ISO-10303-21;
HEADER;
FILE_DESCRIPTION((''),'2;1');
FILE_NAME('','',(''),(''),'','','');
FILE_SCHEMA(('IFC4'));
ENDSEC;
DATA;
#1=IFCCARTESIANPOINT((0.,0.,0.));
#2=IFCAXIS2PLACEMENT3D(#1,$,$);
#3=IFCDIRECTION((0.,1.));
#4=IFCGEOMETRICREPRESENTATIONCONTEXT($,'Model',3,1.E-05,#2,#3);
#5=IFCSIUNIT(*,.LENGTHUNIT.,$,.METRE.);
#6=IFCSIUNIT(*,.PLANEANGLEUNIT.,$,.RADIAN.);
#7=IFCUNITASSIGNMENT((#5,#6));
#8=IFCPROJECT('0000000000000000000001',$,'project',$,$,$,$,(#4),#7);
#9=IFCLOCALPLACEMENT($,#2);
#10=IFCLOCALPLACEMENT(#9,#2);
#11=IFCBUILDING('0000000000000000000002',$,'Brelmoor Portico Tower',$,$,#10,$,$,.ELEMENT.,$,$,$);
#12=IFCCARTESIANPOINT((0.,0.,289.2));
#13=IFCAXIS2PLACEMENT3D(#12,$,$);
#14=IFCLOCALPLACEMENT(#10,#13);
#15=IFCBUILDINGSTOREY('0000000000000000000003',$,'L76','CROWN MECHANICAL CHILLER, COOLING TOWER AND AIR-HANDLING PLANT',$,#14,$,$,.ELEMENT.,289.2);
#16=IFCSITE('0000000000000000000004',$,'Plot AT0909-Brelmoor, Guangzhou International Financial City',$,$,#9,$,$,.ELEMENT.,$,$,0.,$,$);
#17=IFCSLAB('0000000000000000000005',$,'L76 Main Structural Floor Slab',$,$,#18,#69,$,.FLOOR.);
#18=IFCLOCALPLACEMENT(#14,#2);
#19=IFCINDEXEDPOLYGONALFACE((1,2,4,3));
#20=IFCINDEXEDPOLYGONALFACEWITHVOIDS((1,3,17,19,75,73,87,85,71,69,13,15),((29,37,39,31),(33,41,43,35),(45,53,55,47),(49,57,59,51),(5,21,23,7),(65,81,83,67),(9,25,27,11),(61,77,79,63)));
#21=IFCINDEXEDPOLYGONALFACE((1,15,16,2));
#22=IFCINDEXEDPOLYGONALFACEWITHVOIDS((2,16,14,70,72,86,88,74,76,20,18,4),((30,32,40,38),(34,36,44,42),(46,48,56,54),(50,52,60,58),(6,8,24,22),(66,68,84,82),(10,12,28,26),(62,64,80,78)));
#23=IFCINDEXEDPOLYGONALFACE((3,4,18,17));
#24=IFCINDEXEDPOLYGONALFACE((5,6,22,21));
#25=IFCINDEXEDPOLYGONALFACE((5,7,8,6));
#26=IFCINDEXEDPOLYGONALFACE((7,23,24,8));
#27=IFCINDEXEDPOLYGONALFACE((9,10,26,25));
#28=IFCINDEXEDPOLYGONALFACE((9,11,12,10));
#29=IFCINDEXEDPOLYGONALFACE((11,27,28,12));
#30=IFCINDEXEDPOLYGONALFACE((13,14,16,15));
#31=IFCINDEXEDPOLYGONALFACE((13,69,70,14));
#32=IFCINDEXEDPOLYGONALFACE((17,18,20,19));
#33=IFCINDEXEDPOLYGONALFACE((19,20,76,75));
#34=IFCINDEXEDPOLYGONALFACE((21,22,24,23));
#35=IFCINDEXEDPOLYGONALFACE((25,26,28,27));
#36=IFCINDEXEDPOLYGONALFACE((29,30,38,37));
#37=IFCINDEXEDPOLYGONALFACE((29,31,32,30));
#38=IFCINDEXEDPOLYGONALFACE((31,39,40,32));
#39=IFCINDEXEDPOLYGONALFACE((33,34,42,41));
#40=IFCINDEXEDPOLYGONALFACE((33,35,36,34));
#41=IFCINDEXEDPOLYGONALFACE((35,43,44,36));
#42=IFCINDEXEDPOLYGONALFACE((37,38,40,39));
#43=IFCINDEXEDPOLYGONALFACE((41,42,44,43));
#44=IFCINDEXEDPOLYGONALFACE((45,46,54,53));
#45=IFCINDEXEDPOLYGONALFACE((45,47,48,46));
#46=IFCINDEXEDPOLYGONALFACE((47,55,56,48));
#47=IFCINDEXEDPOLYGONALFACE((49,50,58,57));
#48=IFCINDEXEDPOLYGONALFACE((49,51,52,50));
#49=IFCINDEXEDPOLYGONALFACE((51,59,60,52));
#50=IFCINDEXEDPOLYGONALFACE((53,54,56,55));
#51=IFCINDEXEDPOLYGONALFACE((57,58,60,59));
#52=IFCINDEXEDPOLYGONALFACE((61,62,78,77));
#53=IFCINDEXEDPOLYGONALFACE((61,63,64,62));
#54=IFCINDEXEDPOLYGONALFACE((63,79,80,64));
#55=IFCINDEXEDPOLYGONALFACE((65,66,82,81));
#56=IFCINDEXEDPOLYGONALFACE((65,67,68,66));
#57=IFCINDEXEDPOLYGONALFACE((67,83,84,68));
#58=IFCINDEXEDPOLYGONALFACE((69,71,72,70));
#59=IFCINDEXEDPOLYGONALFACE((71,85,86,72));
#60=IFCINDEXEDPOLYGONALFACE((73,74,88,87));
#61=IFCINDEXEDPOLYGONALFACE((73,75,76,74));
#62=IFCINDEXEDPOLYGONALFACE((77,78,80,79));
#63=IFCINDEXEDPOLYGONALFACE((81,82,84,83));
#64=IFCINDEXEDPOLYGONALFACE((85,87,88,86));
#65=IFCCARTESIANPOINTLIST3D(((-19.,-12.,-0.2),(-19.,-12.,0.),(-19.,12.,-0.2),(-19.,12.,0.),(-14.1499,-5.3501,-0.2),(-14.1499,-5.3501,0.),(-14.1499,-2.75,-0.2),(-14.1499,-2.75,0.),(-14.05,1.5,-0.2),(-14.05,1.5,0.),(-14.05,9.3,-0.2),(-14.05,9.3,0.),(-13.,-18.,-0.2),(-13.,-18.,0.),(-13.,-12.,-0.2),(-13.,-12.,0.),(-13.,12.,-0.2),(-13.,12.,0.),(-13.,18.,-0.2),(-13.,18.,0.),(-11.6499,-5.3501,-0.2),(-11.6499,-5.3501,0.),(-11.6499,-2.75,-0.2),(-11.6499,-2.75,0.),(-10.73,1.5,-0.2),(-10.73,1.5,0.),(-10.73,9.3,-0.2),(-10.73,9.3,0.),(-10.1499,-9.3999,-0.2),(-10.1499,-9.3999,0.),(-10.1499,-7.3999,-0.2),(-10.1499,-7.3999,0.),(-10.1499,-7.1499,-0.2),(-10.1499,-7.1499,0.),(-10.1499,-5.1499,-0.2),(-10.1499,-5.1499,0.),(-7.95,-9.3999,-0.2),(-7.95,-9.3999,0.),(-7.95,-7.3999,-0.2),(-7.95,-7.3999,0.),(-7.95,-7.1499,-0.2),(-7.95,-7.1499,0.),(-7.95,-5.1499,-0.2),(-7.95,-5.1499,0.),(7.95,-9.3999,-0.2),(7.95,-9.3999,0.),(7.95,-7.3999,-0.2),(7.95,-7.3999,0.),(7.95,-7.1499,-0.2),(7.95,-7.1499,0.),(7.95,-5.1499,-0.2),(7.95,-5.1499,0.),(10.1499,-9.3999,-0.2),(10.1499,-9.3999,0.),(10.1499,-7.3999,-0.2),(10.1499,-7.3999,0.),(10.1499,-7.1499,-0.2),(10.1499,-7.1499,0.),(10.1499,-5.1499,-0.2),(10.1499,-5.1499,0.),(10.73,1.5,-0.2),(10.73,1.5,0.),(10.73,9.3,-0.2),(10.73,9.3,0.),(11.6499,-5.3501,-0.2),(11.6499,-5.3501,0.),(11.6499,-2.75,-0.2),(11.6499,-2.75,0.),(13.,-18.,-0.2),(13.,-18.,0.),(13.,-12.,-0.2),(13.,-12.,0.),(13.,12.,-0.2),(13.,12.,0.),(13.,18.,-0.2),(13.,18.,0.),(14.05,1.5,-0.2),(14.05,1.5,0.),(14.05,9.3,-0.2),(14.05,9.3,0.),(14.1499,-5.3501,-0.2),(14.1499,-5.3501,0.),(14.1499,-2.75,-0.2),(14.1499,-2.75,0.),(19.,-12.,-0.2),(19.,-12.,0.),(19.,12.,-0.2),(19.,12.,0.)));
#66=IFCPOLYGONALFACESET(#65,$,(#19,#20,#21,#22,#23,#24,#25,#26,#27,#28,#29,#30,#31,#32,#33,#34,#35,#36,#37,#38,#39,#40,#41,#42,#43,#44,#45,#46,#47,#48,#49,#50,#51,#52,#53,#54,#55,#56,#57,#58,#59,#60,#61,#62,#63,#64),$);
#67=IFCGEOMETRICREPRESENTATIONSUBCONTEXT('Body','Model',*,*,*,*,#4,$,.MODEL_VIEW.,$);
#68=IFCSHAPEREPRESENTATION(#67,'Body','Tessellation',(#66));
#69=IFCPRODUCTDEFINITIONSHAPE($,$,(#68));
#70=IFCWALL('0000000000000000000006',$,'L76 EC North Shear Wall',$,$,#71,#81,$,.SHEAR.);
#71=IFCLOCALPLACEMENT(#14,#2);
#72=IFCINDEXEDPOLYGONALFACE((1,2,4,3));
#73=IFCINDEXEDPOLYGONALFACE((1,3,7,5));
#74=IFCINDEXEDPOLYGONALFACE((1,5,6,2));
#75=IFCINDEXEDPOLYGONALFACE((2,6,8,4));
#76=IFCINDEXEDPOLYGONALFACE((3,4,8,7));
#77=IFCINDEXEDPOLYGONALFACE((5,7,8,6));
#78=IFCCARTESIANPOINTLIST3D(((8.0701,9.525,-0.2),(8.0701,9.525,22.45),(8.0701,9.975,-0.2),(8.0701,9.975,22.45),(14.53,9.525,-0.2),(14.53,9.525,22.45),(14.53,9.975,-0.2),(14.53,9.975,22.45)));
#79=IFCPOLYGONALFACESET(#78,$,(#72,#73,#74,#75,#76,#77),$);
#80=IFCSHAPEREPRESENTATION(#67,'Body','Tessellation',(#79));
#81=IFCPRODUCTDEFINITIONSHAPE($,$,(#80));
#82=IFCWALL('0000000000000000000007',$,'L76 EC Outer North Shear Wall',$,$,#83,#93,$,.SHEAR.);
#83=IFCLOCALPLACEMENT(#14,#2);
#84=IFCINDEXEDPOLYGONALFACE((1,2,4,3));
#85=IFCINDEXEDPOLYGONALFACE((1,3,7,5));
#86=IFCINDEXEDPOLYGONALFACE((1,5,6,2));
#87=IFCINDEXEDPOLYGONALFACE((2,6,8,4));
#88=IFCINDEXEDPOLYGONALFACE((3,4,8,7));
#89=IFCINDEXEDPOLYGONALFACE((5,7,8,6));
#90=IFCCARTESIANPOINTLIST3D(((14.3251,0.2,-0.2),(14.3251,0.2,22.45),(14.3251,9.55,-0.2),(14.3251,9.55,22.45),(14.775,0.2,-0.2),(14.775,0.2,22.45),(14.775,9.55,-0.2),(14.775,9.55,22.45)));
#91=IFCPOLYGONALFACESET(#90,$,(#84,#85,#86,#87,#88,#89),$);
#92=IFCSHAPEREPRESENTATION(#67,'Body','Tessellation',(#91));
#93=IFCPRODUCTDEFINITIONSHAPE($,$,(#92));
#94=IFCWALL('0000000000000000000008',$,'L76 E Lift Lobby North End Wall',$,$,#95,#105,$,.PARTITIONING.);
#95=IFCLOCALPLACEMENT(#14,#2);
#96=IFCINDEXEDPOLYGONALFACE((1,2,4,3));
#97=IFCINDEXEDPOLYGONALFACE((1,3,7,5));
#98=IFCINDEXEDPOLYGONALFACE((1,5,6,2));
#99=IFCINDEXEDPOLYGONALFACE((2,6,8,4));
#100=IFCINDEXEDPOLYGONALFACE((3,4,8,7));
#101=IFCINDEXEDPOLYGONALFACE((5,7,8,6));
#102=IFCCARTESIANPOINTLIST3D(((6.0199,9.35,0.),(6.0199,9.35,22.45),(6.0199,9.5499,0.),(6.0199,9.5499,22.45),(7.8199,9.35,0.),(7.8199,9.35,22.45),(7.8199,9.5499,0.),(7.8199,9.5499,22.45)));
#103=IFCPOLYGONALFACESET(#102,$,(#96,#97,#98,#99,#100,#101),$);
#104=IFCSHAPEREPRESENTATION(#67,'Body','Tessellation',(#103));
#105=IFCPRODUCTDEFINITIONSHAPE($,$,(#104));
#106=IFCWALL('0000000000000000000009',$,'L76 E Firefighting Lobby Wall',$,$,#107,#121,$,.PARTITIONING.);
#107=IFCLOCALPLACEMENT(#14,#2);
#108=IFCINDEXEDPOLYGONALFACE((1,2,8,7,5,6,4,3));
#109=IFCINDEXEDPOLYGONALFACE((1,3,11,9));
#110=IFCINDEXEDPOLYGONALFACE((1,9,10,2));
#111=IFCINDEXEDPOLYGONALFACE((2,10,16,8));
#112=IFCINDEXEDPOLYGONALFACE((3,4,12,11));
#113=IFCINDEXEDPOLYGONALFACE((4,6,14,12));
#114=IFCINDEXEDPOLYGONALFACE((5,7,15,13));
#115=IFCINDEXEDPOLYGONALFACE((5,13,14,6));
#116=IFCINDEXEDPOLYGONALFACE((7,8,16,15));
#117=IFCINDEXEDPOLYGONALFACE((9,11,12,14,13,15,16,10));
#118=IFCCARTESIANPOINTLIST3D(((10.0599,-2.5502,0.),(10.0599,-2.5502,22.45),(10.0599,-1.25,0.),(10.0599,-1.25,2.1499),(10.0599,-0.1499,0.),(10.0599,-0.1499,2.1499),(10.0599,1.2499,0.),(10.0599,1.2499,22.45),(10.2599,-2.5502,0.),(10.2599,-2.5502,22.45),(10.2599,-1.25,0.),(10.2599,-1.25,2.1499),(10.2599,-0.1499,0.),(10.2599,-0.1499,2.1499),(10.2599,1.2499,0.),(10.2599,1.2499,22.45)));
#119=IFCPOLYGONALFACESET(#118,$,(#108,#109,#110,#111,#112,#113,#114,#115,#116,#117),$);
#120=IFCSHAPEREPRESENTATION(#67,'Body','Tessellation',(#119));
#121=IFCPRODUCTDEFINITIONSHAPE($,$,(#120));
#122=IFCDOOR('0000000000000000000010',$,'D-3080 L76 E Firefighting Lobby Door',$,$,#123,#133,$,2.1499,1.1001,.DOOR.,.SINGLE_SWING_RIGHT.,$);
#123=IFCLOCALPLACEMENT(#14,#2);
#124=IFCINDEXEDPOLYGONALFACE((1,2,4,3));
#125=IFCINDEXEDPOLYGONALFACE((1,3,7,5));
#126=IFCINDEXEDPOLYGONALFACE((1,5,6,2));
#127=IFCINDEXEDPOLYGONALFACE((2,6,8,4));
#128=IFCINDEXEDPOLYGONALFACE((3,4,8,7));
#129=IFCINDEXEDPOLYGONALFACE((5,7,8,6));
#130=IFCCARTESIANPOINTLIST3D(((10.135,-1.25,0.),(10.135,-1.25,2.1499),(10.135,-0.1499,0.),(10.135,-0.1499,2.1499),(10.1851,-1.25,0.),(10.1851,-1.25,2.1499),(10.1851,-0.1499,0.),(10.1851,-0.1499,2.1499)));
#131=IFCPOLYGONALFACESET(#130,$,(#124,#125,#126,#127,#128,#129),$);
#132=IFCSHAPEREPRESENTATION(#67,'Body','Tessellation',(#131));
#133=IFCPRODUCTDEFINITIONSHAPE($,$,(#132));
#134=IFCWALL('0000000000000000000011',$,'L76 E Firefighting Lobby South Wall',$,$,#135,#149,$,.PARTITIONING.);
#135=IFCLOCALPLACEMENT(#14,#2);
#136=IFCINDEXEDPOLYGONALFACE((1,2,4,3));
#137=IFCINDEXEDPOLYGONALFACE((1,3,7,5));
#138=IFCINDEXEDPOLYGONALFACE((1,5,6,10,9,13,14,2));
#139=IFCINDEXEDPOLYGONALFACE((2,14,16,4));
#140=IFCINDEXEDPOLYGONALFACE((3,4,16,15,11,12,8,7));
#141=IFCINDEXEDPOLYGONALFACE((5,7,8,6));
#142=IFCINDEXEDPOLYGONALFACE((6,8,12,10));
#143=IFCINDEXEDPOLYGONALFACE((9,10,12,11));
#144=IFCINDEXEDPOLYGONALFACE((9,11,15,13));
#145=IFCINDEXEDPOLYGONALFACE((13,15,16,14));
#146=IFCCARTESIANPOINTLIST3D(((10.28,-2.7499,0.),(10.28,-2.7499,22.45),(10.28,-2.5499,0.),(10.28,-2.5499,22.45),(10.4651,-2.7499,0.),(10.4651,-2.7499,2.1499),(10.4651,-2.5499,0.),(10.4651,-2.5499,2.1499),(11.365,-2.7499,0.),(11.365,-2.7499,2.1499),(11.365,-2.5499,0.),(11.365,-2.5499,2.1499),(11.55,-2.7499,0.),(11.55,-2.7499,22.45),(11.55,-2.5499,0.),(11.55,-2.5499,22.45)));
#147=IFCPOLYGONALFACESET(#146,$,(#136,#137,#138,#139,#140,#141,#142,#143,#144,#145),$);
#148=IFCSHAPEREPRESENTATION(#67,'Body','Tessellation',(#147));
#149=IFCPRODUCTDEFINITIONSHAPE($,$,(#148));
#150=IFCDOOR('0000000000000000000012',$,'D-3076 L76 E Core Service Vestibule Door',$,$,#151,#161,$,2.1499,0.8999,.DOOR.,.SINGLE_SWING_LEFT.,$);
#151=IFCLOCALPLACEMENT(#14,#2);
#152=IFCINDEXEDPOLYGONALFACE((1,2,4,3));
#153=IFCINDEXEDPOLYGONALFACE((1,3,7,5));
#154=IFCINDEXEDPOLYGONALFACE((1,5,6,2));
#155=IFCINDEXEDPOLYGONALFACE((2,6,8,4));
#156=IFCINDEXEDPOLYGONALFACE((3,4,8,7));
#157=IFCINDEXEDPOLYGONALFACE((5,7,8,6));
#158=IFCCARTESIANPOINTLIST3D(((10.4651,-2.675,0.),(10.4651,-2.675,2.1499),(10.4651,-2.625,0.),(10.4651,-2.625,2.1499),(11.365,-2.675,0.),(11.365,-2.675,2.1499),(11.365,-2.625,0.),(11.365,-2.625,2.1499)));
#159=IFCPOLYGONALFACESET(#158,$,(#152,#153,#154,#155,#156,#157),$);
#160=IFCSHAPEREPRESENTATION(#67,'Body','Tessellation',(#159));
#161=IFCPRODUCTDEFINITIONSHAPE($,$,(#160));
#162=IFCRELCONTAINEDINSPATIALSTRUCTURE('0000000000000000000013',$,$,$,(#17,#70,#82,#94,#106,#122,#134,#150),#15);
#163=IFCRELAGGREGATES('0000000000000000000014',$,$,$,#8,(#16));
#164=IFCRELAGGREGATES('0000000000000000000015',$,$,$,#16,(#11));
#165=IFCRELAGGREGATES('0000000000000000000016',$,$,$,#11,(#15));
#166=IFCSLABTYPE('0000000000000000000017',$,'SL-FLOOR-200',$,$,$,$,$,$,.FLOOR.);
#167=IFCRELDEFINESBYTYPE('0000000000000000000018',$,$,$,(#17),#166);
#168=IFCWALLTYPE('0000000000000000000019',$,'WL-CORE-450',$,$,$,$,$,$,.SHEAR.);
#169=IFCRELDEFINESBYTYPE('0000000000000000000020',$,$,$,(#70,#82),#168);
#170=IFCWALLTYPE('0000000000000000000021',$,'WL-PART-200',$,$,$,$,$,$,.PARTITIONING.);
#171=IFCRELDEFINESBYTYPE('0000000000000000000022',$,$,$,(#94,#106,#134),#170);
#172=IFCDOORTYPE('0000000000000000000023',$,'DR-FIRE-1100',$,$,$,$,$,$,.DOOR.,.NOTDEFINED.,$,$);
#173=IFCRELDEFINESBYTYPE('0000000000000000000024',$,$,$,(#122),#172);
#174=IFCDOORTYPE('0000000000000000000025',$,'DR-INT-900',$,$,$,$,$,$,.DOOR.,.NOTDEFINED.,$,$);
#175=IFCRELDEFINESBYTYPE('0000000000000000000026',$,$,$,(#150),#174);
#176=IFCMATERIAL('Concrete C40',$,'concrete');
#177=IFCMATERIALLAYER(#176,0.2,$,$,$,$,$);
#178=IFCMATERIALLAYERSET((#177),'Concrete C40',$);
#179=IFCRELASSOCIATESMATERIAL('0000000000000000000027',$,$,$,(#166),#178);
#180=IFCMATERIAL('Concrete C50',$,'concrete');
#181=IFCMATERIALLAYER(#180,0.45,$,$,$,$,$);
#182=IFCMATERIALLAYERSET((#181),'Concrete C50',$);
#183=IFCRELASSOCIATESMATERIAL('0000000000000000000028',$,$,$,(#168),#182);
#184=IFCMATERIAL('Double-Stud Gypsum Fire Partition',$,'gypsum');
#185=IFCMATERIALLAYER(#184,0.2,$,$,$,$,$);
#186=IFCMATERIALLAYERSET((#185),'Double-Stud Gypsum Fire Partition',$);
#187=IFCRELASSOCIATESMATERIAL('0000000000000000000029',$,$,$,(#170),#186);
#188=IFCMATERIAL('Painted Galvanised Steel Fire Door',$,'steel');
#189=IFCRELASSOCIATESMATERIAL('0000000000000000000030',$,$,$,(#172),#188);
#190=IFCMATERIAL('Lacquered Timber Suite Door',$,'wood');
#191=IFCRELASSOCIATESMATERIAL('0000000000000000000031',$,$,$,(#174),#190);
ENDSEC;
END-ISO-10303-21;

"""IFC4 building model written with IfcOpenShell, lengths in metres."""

from ifc_helpers import new_model, si_unit, direction, frame, frame_2d, origin, place, context, subcontext, project, spatial, polyline, rectangle, outline, extrude, material, layer, layer_set, type_object, element, fill, save


model = new_model("IFC4")

# Units and contexts
model_context = context("Model", 3, precision=1e-05, world=origin(), true_north=direction((0.0, 1.0)))
body_context = subcontext(model_context, "Body", "Model", "MODEL_VIEW")
ifc_project = project(units=[si_unit("LENGTHUNIT", "METRE"), si_unit("PLANEANGLEUNIT", "RADIAN")], contexts=[model_context])

# Site, building, storey
site_placement = place(None, origin())
site = spatial("IfcSite", under=ifc_project, at=site_placement, Name="Plot AT0909-Brelmoor, Guangzhou International Financial City", CompositionType="ELEMENT", RefElevation=0.0)
building_placement = place(site_placement, origin())
building = spatial("IfcBuilding", under=site, at=building_placement, Name="Brelmoor Portico Tower", CompositionType="ELEMENT")
storey_placement = place(building_placement, frame((0.0, 0.0, 289.2)))
storey = spatial("IfcBuildingStorey", under=building, at=storey_placement, Name="L76", Description="CROWN MECHANICAL CHILLER, COOLING TOWER AND AIR-HANDLING PLANT", CompositionType="ELEMENT", Elevation=289.2)

# Slab
ifc_material_1 = material(Name="Concrete C40", Category="concrete")
ifc_layer_1 = layer(ifc_material_1, 0.2)
ifc_layer_set_1 = layer_set([ifc_layer_1], Name="Concrete C40")
slab_type = type_object("IfcSlabType", Name="SL-FLOOR-200", PredefinedType="FLOOR", material=ifc_layer_set_1)
slab_placement = place(storey_placement, frame((0.0, 0.0, -0.2)))
element("IfcSlab", 1, at=slab_placement, inside=storey, type_object=slab_type, Name="L76 Main Structural Floor Slab", PredefinedType="FLOOR", context=body_context, shape_type="SweptSolid", body=[
    extrude(outline(polyline([(-13.0, -18.0), (13.0, -18.0), (13.0, -12.0), (19.0, -12.0), (19.0, 12.0), (13.0, 12.0), (13.0, 18.0), (-13.0, 18.0), (-13.0, 12.0), (-19.0, 12.0), (-19.0, -12.0), (-13.0, -12.0), (-13.0, -18.0)]), holes=[polyline([(-10.73, 1.5), (-10.73, 9.3), (-14.05, 9.3), (-14.05, 1.5), (-10.73, 1.5)]), polyline([(14.05, 1.5), (14.05, 9.3), (10.73, 9.3), (10.73, 1.5), (14.05, 1.5)]), polyline([(-10.1499, -9.3999), (-7.95, -9.3999), (-7.95, -7.3999), (-10.1499, -7.3999), (-10.1499, -9.3999)]), polyline([(-10.1499, -7.1499), (-7.95, -7.1499), (-7.95, -5.1499), (-10.1499, -5.1499), (-10.1499, -7.1499)]), polyline([(7.95, -9.3999), (10.1499, -9.3999), (10.1499, -7.3999), (7.95, -7.3999), (7.95, -9.3999)]), polyline([(7.95, -7.1499), (10.1499, -7.1499), (10.1499, -5.1499), (7.95, -5.1499), (7.95, -7.1499)]), polyline([(-14.1499, -5.3501), (-11.6499, -5.3501), (-11.6499, -2.75), (-14.1499, -2.75), (-14.1499, -5.3501)]), polyline([(11.6499, -5.3501), (14.1499, -5.3501), (14.1499, -2.75), (11.6499, -2.75), (11.6499, -5.3501)])]), origin(), (0.0, 0.0, 1.0), 0.2),
])

# Walls
ifc_material_2 = material(Name="Concrete C50", Category="concrete")
ifc_layer_2 = layer(ifc_material_2, 0.45)
ifc_layer_set_2 = layer_set([ifc_layer_2], Name="Concrete C50")
wall_type_1 = type_object("IfcWallType", Name="WL-CORE-450", PredefinedType="SHEAR", material=ifc_layer_set_2)
wall_1_placement = place(storey_placement, frame((8.0701, 9.75, -0.2), z_axis=(0.0, 0.0, 1.0), x_axis=(1.0, 0.0, 0.0)))
element("IfcWall", 2, at=wall_1_placement, inside=storey, type_object=wall_type_1, Name="L76 EC North Shear Wall", PredefinedType="SHEAR", context=body_context, shape_type="SweptSolid", body=[
    extrude(rectangle(XDim=6.46, YDim=0.45, at=frame_2d((3.23, 0.0))), origin(), (0.0, 0.0, 1.0), 22.6499),
])
wall_2_placement = place(storey_placement, frame((14.55, 0.2, -0.2), z_axis=(0.0, 0.0, 1.0), x_axis=(0.0, 1.0, 0.0)))
element("IfcWall", 3, at=wall_2_placement, inside=storey, type_object=wall_type_1, Name="L76 EC Outer North Shear Wall", PredefinedType="SHEAR", context=body_context, shape_type="SweptSolid", body=[
    extrude(rectangle(XDim=9.3501, YDim=0.45, at=frame_2d((4.675, 0.0))), origin(), (0.0, 0.0, 1.0), 22.6499),
])
ifc_material_3 = material(Name="Double-Stud Gypsum Fire Partition", Category="gypsum")
ifc_layer_3 = layer(ifc_material_3, 0.2)
ifc_layer_set_3 = layer_set([ifc_layer_3], Name="Double-Stud Gypsum Fire Partition")
wall_type_2 = type_object("IfcWallType", Name="WL-PART-200", PredefinedType="PARTITIONING", material=ifc_layer_set_3)
wall_3_placement = place(storey_placement, frame((6.02, 9.45, 0.0), z_axis=(0.0, 0.0, 1.0), x_axis=(1.0, 0.0, 0.0)))
element("IfcWall", 4, at=wall_3_placement, inside=storey, type_object=wall_type_2, Name="L76 E Lift Lobby North End Wall", PredefinedType="PARTITIONING", context=body_context, shape_type="SweptSolid", body=[
    extrude(rectangle(XDim=1.8, YDim=0.2, at=frame_2d((0.8999, 0.0))), origin(), (0.0, 0.0, 1.0), 22.45),
])

# Walls, openings, doors
wall_4_placement = place(storey_placement, frame((10.1599, -2.55, 0.0), z_axis=(0.0, 0.0, 1.0), x_axis=(0.0, 1.0, 0.0)))
wall_4 = element("IfcWall", 5, at=wall_4_placement, inside=storey, type_object=wall_type_2, Name="L76 E Firefighting Lobby Wall", PredefinedType="PARTITIONING", context=body_context, shape_type="SweptSolid", body=[
    extrude(rectangle(XDim=3.8, YDim=0.2, at=frame_2d((1.8999, 0.0))), origin(), (0.0, 0.0, 1.0), 22.45),
])
opening_1_placement = place(wall_4_placement, frame((1.3, 0.0, 0.0)))
opening_1 = element("IfcOpeningElement", 6, at=opening_1_placement, cuts=wall_4, PredefinedType="OPENING", context=body_context, shape_type="SweptSolid", body=[
    extrude(rectangle(XDim=1.1001, YDim=2.1499, at=frame_2d((0.55, 1.075))), frame((0.0, 0.1099, 0.0), z_axis=(0.0, -1.0, 0.0), x_axis=(1.0, 0.0, 0.0)), (0.0, 0.0, 1.0), 0.22),
])
ifc_material_4 = material(Name="Painted Galvanised Steel Fire Door", Category="steel")
door_type_1 = type_object("IfcDoorType", Name="DR-FIRE-1100", OperationType="NOTDEFINED", PredefinedType="DOOR", material=ifc_material_4)
door_1_placement = place(opening_1_placement, origin())
door_1 = element("IfcDoor", 7, at=door_1_placement, inside=storey, type_object=door_type_1, Name="D-3080 L76 E Firefighting Lobby Door", OperationType="SINGLE_SWING_RIGHT", OverallHeight=2.1499, OverallWidth=1.1001, PredefinedType="DOOR", context=body_context, shape_type="SweptSolid", body=[
    extrude(rectangle(XDim=1.1001, YDim=2.1499, at=frame_2d((0.55, 1.075))), frame((0.0, 0.0249, 0.0), z_axis=(0.0, -1.0, 0.0), x_axis=(1.0, 0.0, 0.0)), (0.0, 0.0, 1.0), 0.05),
])
fill(opening_1, door_1)
wall_5_placement = place(storey_placement, frame((10.28, -2.6499, 0.0), z_axis=(0.0, 0.0, 1.0), x_axis=(1.0, 0.0, 0.0)))
wall_5 = element("IfcWall", 8, at=wall_5_placement, inside=storey, type_object=wall_type_2, Name="L76 E Firefighting Lobby South Wall", PredefinedType="PARTITIONING", context=body_context, shape_type="SweptSolid", body=[
    extrude(rectangle(XDim=1.27, YDim=0.2, at=frame_2d((0.635, 0.0))), origin(), (0.0, 0.0, 1.0), 22.45),
])
opening_2_placement = place(wall_5_placement, frame((0.1851, 0.0, 0.0)))
opening_2 = element("IfcOpeningElement", 9, at=opening_2_placement, cuts=wall_5, PredefinedType="OPENING", context=body_context, shape_type="SweptSolid", body=[
    extrude(rectangle(XDim=0.8999, YDim=2.1499, at=frame_2d((0.45, 1.075))), frame((0.0, 0.1099, 0.0), z_axis=(0.0, -1.0, 0.0), x_axis=(1.0, 0.0, 0.0)), (0.0, 0.0, 1.0), 0.22),
])
ifc_material_5 = material(Name="Lacquered Timber Suite Door", Category="wood")
door_type_2 = type_object("IfcDoorType", Name="DR-INT-900", OperationType="NOTDEFINED", PredefinedType="DOOR", material=ifc_material_5)
door_2_placement = place(opening_2_placement, origin())
door_2 = element("IfcDoor", 10, at=door_2_placement, inside=storey, type_object=door_type_2, Name="D-3076 L76 E Core Service Vestibule Door", OperationType="SINGLE_SWING_LEFT", OverallHeight=2.1499, OverallWidth=0.8999, PredefinedType="DOOR", context=body_context, shape_type="SweptSolid", body=[
    extrude(rectangle(XDim=0.8999, YDim=2.1499, at=frame_2d((0.45, 1.075))), frame((0.0, 0.0249, 0.0), z_axis=(0.0, -1.0, 0.0), x_axis=(1.0, 0.0, 0.0)), (0.0, 0.0, 1.0), 0.05),
])
fill(opening_2, door_2)

save(model, "model.ifc")
